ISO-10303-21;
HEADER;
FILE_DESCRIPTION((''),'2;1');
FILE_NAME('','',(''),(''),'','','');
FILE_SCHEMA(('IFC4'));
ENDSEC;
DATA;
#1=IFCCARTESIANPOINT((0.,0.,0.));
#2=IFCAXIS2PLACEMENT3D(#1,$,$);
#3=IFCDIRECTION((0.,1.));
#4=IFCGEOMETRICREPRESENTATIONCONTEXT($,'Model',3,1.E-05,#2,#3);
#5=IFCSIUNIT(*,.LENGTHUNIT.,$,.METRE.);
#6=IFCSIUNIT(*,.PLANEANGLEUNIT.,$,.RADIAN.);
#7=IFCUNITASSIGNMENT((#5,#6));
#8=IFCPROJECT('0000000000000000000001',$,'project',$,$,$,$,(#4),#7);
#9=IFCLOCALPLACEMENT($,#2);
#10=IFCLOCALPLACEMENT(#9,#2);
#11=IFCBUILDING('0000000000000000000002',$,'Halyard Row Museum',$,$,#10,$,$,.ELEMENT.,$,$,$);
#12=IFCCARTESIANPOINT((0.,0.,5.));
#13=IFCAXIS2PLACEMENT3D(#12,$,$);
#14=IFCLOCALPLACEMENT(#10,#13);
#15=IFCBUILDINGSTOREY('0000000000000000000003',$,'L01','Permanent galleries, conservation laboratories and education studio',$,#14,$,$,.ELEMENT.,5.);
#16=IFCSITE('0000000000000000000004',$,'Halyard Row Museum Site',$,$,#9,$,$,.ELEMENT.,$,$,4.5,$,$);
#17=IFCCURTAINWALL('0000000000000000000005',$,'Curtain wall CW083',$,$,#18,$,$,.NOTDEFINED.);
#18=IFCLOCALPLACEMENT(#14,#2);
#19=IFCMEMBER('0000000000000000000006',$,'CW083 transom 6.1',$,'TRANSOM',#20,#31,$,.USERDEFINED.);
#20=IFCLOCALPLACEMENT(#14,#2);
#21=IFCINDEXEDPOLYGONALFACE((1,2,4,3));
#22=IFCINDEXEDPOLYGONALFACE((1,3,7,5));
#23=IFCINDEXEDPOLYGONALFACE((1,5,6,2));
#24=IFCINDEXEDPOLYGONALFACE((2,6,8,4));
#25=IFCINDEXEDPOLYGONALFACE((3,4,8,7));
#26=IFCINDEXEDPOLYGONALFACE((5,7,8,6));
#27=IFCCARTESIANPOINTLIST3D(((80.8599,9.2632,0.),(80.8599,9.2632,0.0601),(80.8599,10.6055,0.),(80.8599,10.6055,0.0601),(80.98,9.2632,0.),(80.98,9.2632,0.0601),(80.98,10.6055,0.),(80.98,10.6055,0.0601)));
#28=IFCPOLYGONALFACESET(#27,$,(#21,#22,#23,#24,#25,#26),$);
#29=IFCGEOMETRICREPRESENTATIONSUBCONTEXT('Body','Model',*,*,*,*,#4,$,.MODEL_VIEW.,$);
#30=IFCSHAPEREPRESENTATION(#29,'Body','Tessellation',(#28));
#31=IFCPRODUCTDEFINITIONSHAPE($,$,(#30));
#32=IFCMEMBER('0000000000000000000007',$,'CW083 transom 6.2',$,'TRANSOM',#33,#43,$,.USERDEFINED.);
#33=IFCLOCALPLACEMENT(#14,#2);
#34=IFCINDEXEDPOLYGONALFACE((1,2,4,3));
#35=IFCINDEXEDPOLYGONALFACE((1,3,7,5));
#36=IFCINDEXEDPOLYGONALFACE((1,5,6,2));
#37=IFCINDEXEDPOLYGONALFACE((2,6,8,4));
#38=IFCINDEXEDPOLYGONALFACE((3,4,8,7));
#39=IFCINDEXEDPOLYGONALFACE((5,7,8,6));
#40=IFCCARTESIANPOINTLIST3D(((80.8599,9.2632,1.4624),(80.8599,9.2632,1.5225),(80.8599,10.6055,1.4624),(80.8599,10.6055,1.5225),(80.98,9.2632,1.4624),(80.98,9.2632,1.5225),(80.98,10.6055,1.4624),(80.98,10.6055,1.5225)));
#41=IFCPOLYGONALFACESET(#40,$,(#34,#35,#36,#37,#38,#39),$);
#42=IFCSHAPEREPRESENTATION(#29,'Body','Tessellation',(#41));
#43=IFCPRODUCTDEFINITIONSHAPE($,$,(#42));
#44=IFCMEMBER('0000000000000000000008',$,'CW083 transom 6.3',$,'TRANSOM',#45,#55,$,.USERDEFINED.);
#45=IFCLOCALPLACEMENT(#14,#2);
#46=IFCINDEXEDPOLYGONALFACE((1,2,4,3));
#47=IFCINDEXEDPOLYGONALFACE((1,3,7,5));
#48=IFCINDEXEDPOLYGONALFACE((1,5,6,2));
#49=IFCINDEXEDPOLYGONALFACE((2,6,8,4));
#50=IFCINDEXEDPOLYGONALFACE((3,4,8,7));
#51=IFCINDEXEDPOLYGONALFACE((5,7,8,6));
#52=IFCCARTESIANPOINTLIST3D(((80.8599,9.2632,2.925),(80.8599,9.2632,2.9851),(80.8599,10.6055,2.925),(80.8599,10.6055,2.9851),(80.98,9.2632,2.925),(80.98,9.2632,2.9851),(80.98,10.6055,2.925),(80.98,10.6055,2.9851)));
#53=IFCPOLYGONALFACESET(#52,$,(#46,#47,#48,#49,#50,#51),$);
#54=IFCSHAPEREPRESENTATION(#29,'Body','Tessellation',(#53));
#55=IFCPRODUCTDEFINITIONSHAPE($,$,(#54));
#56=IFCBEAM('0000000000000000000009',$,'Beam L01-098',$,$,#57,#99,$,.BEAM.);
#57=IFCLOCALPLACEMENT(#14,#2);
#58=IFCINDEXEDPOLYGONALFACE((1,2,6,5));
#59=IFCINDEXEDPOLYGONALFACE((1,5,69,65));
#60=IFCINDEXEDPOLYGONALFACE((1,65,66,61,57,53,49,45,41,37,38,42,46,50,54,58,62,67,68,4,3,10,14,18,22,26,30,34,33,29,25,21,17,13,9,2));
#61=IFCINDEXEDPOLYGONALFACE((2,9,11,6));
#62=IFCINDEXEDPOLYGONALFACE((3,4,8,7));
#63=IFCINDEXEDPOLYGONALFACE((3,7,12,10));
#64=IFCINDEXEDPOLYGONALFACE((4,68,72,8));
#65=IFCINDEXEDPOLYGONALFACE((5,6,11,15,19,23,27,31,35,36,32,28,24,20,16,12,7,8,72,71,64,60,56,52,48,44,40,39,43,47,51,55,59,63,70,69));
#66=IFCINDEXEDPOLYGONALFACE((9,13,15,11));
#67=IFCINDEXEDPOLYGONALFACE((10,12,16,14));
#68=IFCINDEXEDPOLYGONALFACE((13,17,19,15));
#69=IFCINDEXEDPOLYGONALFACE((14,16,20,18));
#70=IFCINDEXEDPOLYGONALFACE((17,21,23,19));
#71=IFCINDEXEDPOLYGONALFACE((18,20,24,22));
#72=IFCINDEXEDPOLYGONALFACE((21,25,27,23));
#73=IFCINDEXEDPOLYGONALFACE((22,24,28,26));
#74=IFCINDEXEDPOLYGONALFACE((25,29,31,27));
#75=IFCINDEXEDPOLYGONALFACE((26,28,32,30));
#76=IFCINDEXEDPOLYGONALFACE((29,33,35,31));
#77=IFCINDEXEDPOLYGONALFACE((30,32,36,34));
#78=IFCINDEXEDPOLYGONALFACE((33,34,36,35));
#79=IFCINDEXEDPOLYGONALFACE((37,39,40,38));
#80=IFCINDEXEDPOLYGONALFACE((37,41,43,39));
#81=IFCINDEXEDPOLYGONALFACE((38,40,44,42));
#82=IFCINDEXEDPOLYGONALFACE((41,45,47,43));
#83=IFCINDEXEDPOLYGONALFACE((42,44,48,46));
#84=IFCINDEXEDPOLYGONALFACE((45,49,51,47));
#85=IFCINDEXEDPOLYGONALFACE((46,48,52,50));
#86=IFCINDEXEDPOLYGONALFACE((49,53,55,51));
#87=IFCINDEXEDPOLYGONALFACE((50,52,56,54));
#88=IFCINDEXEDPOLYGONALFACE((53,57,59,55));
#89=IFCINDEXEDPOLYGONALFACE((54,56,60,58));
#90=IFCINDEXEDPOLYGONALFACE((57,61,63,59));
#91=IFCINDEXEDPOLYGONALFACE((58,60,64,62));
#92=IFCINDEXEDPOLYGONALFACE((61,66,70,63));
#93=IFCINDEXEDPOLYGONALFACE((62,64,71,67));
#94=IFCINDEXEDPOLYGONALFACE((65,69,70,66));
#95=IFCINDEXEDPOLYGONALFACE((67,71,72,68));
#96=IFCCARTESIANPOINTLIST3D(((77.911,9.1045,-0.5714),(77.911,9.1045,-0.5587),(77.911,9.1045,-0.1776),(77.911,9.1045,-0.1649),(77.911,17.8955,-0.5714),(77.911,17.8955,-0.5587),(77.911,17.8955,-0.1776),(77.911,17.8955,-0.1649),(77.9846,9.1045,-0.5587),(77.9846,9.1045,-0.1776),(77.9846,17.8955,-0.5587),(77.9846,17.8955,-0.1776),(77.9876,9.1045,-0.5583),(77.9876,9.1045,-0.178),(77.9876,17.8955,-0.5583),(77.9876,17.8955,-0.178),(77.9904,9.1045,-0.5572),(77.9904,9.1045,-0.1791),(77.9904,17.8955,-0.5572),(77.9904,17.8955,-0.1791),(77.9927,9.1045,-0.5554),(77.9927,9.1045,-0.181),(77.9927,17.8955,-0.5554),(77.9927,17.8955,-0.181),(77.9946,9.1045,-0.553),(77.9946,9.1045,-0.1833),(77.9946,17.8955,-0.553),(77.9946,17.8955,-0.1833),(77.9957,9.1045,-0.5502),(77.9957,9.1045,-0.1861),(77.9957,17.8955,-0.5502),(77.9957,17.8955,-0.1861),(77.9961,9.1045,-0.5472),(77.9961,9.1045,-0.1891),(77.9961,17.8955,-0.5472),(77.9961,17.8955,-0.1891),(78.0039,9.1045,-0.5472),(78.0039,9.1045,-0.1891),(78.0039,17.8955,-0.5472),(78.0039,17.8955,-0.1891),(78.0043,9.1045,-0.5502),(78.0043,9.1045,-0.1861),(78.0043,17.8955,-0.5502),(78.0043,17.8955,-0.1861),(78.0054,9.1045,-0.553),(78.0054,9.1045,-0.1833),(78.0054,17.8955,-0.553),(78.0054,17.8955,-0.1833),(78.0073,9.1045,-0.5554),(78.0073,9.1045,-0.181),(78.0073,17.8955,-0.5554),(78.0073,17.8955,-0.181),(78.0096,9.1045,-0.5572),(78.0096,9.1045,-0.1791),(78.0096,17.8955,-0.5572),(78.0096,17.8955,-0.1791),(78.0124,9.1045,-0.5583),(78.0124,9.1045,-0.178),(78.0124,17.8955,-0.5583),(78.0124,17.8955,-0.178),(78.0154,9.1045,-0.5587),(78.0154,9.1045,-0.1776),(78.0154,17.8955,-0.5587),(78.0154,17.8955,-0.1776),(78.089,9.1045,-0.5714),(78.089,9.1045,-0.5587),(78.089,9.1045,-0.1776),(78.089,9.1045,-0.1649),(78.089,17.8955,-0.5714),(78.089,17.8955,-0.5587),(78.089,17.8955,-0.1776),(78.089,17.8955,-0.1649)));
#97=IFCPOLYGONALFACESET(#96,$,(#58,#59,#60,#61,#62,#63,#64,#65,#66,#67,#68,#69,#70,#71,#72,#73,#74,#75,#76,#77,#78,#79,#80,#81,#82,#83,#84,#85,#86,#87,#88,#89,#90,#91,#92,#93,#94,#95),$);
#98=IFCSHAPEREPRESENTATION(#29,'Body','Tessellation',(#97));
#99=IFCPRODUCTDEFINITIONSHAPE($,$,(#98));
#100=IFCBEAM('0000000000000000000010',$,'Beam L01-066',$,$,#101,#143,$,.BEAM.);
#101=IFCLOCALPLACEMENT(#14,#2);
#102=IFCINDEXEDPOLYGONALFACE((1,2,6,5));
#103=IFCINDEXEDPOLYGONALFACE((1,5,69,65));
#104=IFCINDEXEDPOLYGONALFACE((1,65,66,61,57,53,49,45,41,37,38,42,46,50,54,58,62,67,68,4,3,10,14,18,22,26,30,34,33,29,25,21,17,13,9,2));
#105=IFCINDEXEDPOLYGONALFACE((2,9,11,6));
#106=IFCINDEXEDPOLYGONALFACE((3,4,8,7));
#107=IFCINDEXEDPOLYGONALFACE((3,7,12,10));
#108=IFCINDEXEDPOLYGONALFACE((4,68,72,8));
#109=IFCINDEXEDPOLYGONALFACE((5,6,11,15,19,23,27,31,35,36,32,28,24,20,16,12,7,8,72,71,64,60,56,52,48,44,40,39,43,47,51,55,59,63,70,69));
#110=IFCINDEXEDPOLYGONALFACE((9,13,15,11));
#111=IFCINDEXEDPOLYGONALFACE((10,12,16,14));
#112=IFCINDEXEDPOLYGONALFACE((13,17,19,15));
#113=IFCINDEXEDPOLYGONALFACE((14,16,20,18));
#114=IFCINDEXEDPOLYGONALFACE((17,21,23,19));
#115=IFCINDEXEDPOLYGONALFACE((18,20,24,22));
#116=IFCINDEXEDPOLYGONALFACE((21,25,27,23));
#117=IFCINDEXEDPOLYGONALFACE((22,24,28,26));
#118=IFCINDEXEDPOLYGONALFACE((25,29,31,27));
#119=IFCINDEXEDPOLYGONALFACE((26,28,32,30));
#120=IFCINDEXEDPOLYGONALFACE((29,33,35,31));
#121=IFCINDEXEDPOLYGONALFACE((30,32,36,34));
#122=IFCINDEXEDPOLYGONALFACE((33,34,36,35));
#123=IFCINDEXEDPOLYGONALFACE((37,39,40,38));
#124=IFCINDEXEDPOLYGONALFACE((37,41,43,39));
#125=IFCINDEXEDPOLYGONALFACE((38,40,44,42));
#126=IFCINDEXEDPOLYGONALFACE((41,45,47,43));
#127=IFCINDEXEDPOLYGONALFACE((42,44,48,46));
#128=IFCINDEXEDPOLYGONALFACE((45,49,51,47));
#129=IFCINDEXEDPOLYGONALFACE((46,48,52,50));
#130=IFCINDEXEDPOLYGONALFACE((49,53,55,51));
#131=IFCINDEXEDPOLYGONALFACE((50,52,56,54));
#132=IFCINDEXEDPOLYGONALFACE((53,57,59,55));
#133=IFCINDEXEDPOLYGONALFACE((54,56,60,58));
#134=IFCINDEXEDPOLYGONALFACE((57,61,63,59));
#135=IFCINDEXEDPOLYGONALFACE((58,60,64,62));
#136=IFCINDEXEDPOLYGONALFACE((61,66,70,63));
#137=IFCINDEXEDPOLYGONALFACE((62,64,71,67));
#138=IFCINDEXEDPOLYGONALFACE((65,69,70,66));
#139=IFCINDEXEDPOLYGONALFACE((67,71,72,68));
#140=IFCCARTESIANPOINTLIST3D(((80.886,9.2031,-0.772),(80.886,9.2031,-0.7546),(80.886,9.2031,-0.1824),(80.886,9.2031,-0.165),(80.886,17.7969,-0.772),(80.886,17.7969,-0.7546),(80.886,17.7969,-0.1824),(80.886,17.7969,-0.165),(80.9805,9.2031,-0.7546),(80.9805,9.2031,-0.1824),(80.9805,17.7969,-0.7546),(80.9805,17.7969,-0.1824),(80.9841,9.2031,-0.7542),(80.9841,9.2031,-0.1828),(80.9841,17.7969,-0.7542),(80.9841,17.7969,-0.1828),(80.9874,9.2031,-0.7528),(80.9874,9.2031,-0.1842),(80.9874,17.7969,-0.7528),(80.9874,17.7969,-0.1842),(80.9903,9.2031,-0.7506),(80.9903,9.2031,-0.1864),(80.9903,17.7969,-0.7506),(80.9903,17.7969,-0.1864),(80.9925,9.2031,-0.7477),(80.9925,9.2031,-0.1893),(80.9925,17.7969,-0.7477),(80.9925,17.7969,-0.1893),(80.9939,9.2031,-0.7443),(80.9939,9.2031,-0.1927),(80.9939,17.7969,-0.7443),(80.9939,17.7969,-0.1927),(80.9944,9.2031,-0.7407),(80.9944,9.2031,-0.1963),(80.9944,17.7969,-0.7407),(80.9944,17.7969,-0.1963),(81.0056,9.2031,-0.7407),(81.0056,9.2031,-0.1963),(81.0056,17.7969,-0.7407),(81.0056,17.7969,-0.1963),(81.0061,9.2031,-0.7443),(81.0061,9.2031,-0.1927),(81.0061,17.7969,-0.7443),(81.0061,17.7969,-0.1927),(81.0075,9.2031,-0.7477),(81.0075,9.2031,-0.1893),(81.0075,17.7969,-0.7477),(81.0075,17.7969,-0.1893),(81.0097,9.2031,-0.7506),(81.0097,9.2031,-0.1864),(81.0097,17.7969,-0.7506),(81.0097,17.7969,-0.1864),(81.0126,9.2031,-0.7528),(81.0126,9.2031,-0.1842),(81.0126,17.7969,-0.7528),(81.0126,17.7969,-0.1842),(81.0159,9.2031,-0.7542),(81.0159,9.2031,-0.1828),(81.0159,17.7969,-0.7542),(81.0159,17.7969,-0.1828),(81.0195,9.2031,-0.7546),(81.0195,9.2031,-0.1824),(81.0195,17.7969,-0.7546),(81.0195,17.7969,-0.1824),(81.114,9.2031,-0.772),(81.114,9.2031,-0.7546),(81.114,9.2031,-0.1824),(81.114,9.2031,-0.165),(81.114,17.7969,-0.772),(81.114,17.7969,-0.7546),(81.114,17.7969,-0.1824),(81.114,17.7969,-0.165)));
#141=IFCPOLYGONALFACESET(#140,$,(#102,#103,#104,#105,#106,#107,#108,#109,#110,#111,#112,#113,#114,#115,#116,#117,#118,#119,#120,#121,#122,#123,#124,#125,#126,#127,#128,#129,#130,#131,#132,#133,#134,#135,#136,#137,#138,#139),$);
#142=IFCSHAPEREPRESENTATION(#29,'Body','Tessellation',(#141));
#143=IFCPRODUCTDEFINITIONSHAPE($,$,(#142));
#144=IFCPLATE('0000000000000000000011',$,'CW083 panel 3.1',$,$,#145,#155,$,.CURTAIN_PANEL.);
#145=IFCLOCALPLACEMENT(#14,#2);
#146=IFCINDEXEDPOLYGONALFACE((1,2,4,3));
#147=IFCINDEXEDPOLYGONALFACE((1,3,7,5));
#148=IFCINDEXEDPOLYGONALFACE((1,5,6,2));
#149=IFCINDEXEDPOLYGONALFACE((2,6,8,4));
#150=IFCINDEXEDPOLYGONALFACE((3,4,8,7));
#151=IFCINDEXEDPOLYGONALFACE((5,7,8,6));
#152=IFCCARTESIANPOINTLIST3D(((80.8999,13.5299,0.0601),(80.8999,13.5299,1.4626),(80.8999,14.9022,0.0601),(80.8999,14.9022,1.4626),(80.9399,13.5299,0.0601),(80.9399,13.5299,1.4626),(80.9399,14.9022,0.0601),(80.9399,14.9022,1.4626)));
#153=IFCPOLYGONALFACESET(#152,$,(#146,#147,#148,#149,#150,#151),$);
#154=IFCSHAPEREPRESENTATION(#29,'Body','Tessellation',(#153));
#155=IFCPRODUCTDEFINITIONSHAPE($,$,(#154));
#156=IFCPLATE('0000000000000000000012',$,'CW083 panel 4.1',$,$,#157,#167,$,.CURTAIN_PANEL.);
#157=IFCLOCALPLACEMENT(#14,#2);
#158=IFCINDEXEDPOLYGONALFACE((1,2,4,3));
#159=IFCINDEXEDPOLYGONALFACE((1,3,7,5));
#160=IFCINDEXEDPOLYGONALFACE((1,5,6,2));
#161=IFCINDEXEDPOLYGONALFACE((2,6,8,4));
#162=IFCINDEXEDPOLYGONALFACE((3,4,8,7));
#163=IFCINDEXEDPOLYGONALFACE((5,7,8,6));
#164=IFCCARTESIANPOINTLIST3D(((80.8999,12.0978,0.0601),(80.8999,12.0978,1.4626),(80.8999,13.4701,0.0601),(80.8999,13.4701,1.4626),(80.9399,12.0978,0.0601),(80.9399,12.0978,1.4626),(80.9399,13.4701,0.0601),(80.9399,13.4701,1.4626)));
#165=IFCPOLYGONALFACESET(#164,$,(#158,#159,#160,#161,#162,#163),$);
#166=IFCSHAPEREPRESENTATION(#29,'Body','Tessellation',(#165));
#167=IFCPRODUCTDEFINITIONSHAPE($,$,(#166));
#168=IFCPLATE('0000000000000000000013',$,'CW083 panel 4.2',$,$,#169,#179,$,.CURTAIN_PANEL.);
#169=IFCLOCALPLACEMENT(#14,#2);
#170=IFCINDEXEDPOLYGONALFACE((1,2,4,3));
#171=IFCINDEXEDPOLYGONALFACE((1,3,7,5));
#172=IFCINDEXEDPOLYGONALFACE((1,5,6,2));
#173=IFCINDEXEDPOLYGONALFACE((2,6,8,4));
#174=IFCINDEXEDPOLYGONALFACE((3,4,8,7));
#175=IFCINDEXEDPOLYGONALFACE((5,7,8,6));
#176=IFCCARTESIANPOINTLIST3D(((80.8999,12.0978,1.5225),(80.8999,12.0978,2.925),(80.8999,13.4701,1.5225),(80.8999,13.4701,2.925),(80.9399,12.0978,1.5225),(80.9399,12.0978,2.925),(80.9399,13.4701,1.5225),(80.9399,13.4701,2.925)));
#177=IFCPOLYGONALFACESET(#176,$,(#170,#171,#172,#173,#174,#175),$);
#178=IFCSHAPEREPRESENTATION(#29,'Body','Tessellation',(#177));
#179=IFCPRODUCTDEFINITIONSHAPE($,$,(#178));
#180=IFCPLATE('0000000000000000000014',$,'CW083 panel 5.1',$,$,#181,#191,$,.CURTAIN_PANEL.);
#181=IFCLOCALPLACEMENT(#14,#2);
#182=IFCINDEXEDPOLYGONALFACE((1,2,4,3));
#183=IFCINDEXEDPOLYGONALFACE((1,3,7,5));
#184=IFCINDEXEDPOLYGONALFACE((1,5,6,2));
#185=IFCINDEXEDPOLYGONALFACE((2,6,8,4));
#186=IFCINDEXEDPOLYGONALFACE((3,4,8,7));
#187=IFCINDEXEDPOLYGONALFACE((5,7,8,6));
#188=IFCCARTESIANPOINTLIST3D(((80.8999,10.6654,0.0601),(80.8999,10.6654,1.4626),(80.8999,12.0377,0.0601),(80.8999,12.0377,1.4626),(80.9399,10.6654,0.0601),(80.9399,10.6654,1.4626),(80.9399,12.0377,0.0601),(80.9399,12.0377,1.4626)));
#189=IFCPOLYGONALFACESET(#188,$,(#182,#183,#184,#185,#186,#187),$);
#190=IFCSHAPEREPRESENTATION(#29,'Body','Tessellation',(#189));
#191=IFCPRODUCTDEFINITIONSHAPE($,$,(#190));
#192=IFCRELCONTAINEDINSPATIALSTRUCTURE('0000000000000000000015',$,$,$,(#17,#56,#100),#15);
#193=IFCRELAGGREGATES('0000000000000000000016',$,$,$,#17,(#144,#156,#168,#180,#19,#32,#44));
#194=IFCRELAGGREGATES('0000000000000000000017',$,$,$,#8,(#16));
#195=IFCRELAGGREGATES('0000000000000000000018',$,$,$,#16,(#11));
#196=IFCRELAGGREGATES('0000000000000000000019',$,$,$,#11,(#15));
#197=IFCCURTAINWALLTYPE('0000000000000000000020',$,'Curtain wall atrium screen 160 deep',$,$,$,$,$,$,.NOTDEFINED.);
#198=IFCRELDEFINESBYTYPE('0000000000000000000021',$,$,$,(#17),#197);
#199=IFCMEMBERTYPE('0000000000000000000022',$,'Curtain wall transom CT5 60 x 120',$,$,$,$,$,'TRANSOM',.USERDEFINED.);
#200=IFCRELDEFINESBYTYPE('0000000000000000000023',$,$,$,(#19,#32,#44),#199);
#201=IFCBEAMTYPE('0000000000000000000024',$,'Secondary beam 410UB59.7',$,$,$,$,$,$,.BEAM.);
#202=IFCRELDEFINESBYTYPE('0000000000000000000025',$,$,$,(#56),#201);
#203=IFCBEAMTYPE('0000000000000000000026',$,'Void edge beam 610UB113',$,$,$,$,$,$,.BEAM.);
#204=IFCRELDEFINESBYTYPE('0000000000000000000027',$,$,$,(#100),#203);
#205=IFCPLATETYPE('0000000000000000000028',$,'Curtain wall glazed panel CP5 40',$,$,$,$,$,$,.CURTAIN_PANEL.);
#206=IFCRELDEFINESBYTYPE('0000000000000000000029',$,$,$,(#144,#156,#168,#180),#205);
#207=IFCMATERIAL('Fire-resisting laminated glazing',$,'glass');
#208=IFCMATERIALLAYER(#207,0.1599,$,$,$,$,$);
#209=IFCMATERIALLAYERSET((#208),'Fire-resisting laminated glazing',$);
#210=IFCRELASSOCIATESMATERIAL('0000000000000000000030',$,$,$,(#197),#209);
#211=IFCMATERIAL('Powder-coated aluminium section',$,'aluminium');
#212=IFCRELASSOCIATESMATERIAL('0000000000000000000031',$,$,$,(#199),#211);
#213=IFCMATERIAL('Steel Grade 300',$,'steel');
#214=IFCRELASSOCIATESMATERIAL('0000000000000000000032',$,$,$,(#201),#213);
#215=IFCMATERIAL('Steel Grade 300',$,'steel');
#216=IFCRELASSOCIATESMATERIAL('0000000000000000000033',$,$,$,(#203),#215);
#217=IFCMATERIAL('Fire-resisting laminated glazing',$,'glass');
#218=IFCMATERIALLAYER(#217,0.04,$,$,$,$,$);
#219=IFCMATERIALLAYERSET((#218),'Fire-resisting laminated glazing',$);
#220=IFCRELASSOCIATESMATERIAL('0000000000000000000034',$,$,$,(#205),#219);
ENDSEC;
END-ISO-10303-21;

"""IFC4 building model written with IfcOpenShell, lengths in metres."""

from ifc_helpers import new_model, si_unit, direction, frame, origin, origin_2d, place, context, subcontext, project, spatial, rectangle, i_section, extrude, material, layer, layer_set, material_profile, profile_set, type_object, element, aggregate, save


model = new_model("IFC4")

# Units and contexts
model_context = context("Model", 3, precision=1e-05, world=origin(), true_north=direction((0.0, 1.0)))
body_context = subcontext(model_context, "Body", "Model", "MODEL_VIEW")
ifc_project = project(units=[si_unit("LENGTHUNIT", "METRE"), si_unit("PLANEANGLEUNIT", "RADIAN")], contexts=[model_context])

# Site, building, storey
site_placement = place(None, origin())
site = spatial("IfcSite", under=ifc_project, at=site_placement, Name="Halyard Row Museum Site", CompositionType="ELEMENT", RefElevation=4.5)
building_placement = place(site_placement, origin())
building = spatial("IfcBuilding", under=site, at=building_placement, Name="Halyard Row Museum", CompositionType="ELEMENT")
storey_placement = place(building_placement, frame((0.0, 0.0, 5.0)))
storey = spatial("IfcBuildingStorey", under=building, at=storey_placement, Name="L01", Description="Permanent galleries, conservation laboratories and education studio", CompositionType="ELEMENT", Elevation=5.0)

# Curtain wall, members
ifc_material_1 = material(Name="Fire-resisting laminated glazing", Category="glass")
ifc_layer_1 = layer(ifc_material_1, 0.1599)
ifc_layer_set_1 = layer_set([ifc_layer_1], Name="Fire-resisting laminated glazing")
curtain_wall_type = type_object("IfcCurtainWallType", Name="Curtain wall atrium screen 160 deep", PredefinedType="NOTDEFINED", material=ifc_layer_set_1)
curtain_wall_placement = place(storey_placement, origin())
curtain_wall = element("IfcCurtainWall", 1, at=curtain_wall_placement, inside=storey, type_object=curtain_wall_type, Name="Curtain wall CW083", PredefinedType="NOTDEFINED")
ifc_material_2 = material(Name="Powder-coated aluminium section", Category="aluminium")
ifc_material_profile_1 = material_profile(ifc_material_2, rectangle(XDim=0.1201, YDim=0.0601, at=origin_2d()), Name="120x60 transom")
ifc_profile_set_1 = profile_set([ifc_material_profile_1], Name="Powder-coated aluminium section")
member_type_1 = type_object("IfcMemberType", Name="Curtain wall transom CT5 60 x 120", ElementType="TRANSOM", PredefinedType="USERDEFINED", material=ifc_profile_set_1)
member_1_placement = place(storey_placement, frame((80.9199, 10.6055, 0.03), z_axis=(0.0, -1.0, 0.0), x_axis=(1.0, 0.0, 0.0)))
member_1 = element("IfcMember", 2, at=member_1_placement, type_object=member_type_1, Name="CW083 transom 6.1", ObjectType="TRANSOM", PredefinedType="USERDEFINED", context=body_context, shape_type="SweptSolid", body=[
    extrude(rectangle(XDim=0.1201, YDim=0.0601, at=origin_2d()), origin(), (0.0, 0.0, 1.0), 1.3423),
])
member_2_placement = place(storey_placement, frame((80.9199, 10.6055, 1.4924), z_axis=(0.0, -1.0, 0.0), x_axis=(1.0, 0.0, 0.0)))
member_2 = element("IfcMember", 3, at=member_2_placement, type_object=member_type_1, Name="CW083 transom 6.2", ObjectType="TRANSOM", PredefinedType="USERDEFINED", context=body_context, shape_type="SweptSolid", body=[
    extrude(rectangle(XDim=0.1201, YDim=0.0601, at=origin_2d()), origin(), (0.0, 0.0, 1.0), 1.3423),
])
member_3_placement = place(storey_placement, frame((80.9199, 10.6055, 2.9551), z_axis=(0.0, -1.0, 0.0), x_axis=(1.0, 0.0, 0.0)))
member_3 = element("IfcMember", 4, at=member_3_placement, type_object=member_type_1, Name="CW083 transom 6.3", ObjectType="TRANSOM", PredefinedType="USERDEFINED", context=body_context, shape_type="SweptSolid", body=[
    extrude(rectangle(XDim=0.1201, YDim=0.0601, at=origin_2d()), origin(), (0.0, 0.0, 1.0), 1.3423),
])

# Beams
ifc_material_3 = material(Name="Steel Grade 300", Category="steel")
ifc_material_profile_2 = material_profile(ifc_material_3, i_section(OverallWidth=0.178, OverallDepth=0.4065, WebThickness=0.0078, FlangeThickness=0.0127, FilletRadius=0.0115, at=origin_2d()), Name="410UB59.7")
ifc_profile_set_2 = profile_set([ifc_material_profile_2], Name="Steel Grade 300")
beam_type_1 = type_object("IfcBeamType", Name="Secondary beam 410UB59.7", PredefinedType="BEAM", material=ifc_profile_set_2)
beam_1_placement = place(storey_placement, frame((78.0, 9.1045, -0.3682), z_axis=(0.0, 1.0, 0.0), x_axis=(-1.0, 0.0, 0.0)))
element("IfcBeam", 5, at=beam_1_placement, inside=storey, type_object=beam_type_1, Name="Beam L01-098", PredefinedType="BEAM", context=body_context, shape_type="SweptSolid", body=[
    extrude(i_section(OverallWidth=0.178, OverallDepth=0.4065, WebThickness=0.0078, FlangeThickness=0.0127, FilletRadius=0.0115, at=origin_2d()), origin(), (0.0, 0.0, 1.0), 8.791),
])
ifc_material_4 = material(Name="Steel Grade 300", Category="steel")
ifc_material_profile_3 = material_profile(ifc_material_4, i_section(OverallWidth=0.228, OverallDepth=0.6069, WebThickness=0.0112, FlangeThickness=0.0173, FilletRadius=0.0139, at=origin_2d()), Name="610UB113")
ifc_profile_set_3 = profile_set([ifc_material_profile_3], Name="Steel Grade 300")
beam_type_2 = type_object("IfcBeamType", Name="Void edge beam 610UB113", PredefinedType="BEAM", material=ifc_profile_set_3)
beam_2_placement = place(storey_placement, frame((81.0, 9.2031, -0.4685), z_axis=(0.0, 1.0, 0.0), x_axis=(-1.0, 0.0, 0.0)))
element("IfcBeam", 6, at=beam_2_placement, inside=storey, type_object=beam_type_2, Name="Beam L01-066", PredefinedType="BEAM", context=body_context, shape_type="SweptSolid", body=[
    extrude(i_section(OverallWidth=0.228, OverallDepth=0.6069, WebThickness=0.0112, FlangeThickness=0.0173, FilletRadius=0.0139, at=origin_2d()), origin(), (0.0, 0.0, 1.0), 8.5938),
])

# Plates
ifc_material_5 = material(Name="Fire-resisting laminated glazing", Category="glass")
ifc_layer_2 = layer(ifc_material_5, 0.04)
ifc_layer_set_2 = layer_set([ifc_layer_2], Name="Fire-resisting laminated glazing")
plate_type = type_object("IfcPlateType", Name="Curtain wall glazed panel CP5 40", PredefinedType="CURTAIN_PANEL", material=ifc_layer_set_2)
plate_1_placement = place(storey_placement, frame((80.9199, 14.2161, 0.0601), z_axis=(0.0, 0.0, 1.0), x_axis=(0.0, -1.0, 0.0)))
plate_1 = element("IfcPlate", 7, at=plate_1_placement, type_object=plate_type, Name="CW083 panel 3.1", PredefinedType="CURTAIN_PANEL", context=body_context, shape_type="SweptSolid", body=[
    extrude(rectangle(XDim=1.3723, YDim=0.04, at=origin_2d()), origin(), (0.0, 0.0, 1.0), 1.4026),
])
plate_2_placement = place(storey_placement, frame((80.9199, 12.7839, 0.0601), z_axis=(0.0, 0.0, 1.0), x_axis=(0.0, -1.0, 0.0)))
plate_2 = element("IfcPlate", 8, at=plate_2_placement, type_object=plate_type, Name="CW083 panel 4.1", PredefinedType="CURTAIN_PANEL", context=body_context, shape_type="SweptSolid", body=[
    extrude(rectangle(XDim=1.3723, YDim=0.04, at=origin_2d()), origin(), (0.0, 0.0, 1.0), 1.4026),
])
plate_3_placement = place(storey_placement, frame((80.9199, 12.7839, 1.5225), z_axis=(0.0, 0.0, 1.0), x_axis=(0.0, -1.0, 0.0)))
plate_3 = element("IfcPlate", 9, at=plate_3_placement, type_object=plate_type, Name="CW083 panel 4.2", PredefinedType="CURTAIN_PANEL", context=body_context, shape_type="SweptSolid", body=[
    extrude(rectangle(XDim=1.3723, YDim=0.04, at=origin_2d()), origin(), (0.0, 0.0, 1.0), 1.4026),
])
plate_4_placement = place(storey_placement, frame((80.9199, 11.3516, 0.0601), z_axis=(0.0, 0.0, 1.0), x_axis=(0.0, -1.0, 0.0)))
plate_4 = element("IfcPlate", 10, at=plate_4_placement, type_object=plate_type, Name="CW083 panel 5.1", PredefinedType="CURTAIN_PANEL", context=body_context, shape_type="SweptSolid", body=[
    extrude(rectangle(XDim=1.3723, YDim=0.04, at=origin_2d()), origin(), (0.0, 0.0, 1.0), 1.4026),
])
aggregate(curtain_wall, [plate_1, plate_2, plate_3, plate_4, member_1, member_2, member_3])

save(model, "model.ifc")
